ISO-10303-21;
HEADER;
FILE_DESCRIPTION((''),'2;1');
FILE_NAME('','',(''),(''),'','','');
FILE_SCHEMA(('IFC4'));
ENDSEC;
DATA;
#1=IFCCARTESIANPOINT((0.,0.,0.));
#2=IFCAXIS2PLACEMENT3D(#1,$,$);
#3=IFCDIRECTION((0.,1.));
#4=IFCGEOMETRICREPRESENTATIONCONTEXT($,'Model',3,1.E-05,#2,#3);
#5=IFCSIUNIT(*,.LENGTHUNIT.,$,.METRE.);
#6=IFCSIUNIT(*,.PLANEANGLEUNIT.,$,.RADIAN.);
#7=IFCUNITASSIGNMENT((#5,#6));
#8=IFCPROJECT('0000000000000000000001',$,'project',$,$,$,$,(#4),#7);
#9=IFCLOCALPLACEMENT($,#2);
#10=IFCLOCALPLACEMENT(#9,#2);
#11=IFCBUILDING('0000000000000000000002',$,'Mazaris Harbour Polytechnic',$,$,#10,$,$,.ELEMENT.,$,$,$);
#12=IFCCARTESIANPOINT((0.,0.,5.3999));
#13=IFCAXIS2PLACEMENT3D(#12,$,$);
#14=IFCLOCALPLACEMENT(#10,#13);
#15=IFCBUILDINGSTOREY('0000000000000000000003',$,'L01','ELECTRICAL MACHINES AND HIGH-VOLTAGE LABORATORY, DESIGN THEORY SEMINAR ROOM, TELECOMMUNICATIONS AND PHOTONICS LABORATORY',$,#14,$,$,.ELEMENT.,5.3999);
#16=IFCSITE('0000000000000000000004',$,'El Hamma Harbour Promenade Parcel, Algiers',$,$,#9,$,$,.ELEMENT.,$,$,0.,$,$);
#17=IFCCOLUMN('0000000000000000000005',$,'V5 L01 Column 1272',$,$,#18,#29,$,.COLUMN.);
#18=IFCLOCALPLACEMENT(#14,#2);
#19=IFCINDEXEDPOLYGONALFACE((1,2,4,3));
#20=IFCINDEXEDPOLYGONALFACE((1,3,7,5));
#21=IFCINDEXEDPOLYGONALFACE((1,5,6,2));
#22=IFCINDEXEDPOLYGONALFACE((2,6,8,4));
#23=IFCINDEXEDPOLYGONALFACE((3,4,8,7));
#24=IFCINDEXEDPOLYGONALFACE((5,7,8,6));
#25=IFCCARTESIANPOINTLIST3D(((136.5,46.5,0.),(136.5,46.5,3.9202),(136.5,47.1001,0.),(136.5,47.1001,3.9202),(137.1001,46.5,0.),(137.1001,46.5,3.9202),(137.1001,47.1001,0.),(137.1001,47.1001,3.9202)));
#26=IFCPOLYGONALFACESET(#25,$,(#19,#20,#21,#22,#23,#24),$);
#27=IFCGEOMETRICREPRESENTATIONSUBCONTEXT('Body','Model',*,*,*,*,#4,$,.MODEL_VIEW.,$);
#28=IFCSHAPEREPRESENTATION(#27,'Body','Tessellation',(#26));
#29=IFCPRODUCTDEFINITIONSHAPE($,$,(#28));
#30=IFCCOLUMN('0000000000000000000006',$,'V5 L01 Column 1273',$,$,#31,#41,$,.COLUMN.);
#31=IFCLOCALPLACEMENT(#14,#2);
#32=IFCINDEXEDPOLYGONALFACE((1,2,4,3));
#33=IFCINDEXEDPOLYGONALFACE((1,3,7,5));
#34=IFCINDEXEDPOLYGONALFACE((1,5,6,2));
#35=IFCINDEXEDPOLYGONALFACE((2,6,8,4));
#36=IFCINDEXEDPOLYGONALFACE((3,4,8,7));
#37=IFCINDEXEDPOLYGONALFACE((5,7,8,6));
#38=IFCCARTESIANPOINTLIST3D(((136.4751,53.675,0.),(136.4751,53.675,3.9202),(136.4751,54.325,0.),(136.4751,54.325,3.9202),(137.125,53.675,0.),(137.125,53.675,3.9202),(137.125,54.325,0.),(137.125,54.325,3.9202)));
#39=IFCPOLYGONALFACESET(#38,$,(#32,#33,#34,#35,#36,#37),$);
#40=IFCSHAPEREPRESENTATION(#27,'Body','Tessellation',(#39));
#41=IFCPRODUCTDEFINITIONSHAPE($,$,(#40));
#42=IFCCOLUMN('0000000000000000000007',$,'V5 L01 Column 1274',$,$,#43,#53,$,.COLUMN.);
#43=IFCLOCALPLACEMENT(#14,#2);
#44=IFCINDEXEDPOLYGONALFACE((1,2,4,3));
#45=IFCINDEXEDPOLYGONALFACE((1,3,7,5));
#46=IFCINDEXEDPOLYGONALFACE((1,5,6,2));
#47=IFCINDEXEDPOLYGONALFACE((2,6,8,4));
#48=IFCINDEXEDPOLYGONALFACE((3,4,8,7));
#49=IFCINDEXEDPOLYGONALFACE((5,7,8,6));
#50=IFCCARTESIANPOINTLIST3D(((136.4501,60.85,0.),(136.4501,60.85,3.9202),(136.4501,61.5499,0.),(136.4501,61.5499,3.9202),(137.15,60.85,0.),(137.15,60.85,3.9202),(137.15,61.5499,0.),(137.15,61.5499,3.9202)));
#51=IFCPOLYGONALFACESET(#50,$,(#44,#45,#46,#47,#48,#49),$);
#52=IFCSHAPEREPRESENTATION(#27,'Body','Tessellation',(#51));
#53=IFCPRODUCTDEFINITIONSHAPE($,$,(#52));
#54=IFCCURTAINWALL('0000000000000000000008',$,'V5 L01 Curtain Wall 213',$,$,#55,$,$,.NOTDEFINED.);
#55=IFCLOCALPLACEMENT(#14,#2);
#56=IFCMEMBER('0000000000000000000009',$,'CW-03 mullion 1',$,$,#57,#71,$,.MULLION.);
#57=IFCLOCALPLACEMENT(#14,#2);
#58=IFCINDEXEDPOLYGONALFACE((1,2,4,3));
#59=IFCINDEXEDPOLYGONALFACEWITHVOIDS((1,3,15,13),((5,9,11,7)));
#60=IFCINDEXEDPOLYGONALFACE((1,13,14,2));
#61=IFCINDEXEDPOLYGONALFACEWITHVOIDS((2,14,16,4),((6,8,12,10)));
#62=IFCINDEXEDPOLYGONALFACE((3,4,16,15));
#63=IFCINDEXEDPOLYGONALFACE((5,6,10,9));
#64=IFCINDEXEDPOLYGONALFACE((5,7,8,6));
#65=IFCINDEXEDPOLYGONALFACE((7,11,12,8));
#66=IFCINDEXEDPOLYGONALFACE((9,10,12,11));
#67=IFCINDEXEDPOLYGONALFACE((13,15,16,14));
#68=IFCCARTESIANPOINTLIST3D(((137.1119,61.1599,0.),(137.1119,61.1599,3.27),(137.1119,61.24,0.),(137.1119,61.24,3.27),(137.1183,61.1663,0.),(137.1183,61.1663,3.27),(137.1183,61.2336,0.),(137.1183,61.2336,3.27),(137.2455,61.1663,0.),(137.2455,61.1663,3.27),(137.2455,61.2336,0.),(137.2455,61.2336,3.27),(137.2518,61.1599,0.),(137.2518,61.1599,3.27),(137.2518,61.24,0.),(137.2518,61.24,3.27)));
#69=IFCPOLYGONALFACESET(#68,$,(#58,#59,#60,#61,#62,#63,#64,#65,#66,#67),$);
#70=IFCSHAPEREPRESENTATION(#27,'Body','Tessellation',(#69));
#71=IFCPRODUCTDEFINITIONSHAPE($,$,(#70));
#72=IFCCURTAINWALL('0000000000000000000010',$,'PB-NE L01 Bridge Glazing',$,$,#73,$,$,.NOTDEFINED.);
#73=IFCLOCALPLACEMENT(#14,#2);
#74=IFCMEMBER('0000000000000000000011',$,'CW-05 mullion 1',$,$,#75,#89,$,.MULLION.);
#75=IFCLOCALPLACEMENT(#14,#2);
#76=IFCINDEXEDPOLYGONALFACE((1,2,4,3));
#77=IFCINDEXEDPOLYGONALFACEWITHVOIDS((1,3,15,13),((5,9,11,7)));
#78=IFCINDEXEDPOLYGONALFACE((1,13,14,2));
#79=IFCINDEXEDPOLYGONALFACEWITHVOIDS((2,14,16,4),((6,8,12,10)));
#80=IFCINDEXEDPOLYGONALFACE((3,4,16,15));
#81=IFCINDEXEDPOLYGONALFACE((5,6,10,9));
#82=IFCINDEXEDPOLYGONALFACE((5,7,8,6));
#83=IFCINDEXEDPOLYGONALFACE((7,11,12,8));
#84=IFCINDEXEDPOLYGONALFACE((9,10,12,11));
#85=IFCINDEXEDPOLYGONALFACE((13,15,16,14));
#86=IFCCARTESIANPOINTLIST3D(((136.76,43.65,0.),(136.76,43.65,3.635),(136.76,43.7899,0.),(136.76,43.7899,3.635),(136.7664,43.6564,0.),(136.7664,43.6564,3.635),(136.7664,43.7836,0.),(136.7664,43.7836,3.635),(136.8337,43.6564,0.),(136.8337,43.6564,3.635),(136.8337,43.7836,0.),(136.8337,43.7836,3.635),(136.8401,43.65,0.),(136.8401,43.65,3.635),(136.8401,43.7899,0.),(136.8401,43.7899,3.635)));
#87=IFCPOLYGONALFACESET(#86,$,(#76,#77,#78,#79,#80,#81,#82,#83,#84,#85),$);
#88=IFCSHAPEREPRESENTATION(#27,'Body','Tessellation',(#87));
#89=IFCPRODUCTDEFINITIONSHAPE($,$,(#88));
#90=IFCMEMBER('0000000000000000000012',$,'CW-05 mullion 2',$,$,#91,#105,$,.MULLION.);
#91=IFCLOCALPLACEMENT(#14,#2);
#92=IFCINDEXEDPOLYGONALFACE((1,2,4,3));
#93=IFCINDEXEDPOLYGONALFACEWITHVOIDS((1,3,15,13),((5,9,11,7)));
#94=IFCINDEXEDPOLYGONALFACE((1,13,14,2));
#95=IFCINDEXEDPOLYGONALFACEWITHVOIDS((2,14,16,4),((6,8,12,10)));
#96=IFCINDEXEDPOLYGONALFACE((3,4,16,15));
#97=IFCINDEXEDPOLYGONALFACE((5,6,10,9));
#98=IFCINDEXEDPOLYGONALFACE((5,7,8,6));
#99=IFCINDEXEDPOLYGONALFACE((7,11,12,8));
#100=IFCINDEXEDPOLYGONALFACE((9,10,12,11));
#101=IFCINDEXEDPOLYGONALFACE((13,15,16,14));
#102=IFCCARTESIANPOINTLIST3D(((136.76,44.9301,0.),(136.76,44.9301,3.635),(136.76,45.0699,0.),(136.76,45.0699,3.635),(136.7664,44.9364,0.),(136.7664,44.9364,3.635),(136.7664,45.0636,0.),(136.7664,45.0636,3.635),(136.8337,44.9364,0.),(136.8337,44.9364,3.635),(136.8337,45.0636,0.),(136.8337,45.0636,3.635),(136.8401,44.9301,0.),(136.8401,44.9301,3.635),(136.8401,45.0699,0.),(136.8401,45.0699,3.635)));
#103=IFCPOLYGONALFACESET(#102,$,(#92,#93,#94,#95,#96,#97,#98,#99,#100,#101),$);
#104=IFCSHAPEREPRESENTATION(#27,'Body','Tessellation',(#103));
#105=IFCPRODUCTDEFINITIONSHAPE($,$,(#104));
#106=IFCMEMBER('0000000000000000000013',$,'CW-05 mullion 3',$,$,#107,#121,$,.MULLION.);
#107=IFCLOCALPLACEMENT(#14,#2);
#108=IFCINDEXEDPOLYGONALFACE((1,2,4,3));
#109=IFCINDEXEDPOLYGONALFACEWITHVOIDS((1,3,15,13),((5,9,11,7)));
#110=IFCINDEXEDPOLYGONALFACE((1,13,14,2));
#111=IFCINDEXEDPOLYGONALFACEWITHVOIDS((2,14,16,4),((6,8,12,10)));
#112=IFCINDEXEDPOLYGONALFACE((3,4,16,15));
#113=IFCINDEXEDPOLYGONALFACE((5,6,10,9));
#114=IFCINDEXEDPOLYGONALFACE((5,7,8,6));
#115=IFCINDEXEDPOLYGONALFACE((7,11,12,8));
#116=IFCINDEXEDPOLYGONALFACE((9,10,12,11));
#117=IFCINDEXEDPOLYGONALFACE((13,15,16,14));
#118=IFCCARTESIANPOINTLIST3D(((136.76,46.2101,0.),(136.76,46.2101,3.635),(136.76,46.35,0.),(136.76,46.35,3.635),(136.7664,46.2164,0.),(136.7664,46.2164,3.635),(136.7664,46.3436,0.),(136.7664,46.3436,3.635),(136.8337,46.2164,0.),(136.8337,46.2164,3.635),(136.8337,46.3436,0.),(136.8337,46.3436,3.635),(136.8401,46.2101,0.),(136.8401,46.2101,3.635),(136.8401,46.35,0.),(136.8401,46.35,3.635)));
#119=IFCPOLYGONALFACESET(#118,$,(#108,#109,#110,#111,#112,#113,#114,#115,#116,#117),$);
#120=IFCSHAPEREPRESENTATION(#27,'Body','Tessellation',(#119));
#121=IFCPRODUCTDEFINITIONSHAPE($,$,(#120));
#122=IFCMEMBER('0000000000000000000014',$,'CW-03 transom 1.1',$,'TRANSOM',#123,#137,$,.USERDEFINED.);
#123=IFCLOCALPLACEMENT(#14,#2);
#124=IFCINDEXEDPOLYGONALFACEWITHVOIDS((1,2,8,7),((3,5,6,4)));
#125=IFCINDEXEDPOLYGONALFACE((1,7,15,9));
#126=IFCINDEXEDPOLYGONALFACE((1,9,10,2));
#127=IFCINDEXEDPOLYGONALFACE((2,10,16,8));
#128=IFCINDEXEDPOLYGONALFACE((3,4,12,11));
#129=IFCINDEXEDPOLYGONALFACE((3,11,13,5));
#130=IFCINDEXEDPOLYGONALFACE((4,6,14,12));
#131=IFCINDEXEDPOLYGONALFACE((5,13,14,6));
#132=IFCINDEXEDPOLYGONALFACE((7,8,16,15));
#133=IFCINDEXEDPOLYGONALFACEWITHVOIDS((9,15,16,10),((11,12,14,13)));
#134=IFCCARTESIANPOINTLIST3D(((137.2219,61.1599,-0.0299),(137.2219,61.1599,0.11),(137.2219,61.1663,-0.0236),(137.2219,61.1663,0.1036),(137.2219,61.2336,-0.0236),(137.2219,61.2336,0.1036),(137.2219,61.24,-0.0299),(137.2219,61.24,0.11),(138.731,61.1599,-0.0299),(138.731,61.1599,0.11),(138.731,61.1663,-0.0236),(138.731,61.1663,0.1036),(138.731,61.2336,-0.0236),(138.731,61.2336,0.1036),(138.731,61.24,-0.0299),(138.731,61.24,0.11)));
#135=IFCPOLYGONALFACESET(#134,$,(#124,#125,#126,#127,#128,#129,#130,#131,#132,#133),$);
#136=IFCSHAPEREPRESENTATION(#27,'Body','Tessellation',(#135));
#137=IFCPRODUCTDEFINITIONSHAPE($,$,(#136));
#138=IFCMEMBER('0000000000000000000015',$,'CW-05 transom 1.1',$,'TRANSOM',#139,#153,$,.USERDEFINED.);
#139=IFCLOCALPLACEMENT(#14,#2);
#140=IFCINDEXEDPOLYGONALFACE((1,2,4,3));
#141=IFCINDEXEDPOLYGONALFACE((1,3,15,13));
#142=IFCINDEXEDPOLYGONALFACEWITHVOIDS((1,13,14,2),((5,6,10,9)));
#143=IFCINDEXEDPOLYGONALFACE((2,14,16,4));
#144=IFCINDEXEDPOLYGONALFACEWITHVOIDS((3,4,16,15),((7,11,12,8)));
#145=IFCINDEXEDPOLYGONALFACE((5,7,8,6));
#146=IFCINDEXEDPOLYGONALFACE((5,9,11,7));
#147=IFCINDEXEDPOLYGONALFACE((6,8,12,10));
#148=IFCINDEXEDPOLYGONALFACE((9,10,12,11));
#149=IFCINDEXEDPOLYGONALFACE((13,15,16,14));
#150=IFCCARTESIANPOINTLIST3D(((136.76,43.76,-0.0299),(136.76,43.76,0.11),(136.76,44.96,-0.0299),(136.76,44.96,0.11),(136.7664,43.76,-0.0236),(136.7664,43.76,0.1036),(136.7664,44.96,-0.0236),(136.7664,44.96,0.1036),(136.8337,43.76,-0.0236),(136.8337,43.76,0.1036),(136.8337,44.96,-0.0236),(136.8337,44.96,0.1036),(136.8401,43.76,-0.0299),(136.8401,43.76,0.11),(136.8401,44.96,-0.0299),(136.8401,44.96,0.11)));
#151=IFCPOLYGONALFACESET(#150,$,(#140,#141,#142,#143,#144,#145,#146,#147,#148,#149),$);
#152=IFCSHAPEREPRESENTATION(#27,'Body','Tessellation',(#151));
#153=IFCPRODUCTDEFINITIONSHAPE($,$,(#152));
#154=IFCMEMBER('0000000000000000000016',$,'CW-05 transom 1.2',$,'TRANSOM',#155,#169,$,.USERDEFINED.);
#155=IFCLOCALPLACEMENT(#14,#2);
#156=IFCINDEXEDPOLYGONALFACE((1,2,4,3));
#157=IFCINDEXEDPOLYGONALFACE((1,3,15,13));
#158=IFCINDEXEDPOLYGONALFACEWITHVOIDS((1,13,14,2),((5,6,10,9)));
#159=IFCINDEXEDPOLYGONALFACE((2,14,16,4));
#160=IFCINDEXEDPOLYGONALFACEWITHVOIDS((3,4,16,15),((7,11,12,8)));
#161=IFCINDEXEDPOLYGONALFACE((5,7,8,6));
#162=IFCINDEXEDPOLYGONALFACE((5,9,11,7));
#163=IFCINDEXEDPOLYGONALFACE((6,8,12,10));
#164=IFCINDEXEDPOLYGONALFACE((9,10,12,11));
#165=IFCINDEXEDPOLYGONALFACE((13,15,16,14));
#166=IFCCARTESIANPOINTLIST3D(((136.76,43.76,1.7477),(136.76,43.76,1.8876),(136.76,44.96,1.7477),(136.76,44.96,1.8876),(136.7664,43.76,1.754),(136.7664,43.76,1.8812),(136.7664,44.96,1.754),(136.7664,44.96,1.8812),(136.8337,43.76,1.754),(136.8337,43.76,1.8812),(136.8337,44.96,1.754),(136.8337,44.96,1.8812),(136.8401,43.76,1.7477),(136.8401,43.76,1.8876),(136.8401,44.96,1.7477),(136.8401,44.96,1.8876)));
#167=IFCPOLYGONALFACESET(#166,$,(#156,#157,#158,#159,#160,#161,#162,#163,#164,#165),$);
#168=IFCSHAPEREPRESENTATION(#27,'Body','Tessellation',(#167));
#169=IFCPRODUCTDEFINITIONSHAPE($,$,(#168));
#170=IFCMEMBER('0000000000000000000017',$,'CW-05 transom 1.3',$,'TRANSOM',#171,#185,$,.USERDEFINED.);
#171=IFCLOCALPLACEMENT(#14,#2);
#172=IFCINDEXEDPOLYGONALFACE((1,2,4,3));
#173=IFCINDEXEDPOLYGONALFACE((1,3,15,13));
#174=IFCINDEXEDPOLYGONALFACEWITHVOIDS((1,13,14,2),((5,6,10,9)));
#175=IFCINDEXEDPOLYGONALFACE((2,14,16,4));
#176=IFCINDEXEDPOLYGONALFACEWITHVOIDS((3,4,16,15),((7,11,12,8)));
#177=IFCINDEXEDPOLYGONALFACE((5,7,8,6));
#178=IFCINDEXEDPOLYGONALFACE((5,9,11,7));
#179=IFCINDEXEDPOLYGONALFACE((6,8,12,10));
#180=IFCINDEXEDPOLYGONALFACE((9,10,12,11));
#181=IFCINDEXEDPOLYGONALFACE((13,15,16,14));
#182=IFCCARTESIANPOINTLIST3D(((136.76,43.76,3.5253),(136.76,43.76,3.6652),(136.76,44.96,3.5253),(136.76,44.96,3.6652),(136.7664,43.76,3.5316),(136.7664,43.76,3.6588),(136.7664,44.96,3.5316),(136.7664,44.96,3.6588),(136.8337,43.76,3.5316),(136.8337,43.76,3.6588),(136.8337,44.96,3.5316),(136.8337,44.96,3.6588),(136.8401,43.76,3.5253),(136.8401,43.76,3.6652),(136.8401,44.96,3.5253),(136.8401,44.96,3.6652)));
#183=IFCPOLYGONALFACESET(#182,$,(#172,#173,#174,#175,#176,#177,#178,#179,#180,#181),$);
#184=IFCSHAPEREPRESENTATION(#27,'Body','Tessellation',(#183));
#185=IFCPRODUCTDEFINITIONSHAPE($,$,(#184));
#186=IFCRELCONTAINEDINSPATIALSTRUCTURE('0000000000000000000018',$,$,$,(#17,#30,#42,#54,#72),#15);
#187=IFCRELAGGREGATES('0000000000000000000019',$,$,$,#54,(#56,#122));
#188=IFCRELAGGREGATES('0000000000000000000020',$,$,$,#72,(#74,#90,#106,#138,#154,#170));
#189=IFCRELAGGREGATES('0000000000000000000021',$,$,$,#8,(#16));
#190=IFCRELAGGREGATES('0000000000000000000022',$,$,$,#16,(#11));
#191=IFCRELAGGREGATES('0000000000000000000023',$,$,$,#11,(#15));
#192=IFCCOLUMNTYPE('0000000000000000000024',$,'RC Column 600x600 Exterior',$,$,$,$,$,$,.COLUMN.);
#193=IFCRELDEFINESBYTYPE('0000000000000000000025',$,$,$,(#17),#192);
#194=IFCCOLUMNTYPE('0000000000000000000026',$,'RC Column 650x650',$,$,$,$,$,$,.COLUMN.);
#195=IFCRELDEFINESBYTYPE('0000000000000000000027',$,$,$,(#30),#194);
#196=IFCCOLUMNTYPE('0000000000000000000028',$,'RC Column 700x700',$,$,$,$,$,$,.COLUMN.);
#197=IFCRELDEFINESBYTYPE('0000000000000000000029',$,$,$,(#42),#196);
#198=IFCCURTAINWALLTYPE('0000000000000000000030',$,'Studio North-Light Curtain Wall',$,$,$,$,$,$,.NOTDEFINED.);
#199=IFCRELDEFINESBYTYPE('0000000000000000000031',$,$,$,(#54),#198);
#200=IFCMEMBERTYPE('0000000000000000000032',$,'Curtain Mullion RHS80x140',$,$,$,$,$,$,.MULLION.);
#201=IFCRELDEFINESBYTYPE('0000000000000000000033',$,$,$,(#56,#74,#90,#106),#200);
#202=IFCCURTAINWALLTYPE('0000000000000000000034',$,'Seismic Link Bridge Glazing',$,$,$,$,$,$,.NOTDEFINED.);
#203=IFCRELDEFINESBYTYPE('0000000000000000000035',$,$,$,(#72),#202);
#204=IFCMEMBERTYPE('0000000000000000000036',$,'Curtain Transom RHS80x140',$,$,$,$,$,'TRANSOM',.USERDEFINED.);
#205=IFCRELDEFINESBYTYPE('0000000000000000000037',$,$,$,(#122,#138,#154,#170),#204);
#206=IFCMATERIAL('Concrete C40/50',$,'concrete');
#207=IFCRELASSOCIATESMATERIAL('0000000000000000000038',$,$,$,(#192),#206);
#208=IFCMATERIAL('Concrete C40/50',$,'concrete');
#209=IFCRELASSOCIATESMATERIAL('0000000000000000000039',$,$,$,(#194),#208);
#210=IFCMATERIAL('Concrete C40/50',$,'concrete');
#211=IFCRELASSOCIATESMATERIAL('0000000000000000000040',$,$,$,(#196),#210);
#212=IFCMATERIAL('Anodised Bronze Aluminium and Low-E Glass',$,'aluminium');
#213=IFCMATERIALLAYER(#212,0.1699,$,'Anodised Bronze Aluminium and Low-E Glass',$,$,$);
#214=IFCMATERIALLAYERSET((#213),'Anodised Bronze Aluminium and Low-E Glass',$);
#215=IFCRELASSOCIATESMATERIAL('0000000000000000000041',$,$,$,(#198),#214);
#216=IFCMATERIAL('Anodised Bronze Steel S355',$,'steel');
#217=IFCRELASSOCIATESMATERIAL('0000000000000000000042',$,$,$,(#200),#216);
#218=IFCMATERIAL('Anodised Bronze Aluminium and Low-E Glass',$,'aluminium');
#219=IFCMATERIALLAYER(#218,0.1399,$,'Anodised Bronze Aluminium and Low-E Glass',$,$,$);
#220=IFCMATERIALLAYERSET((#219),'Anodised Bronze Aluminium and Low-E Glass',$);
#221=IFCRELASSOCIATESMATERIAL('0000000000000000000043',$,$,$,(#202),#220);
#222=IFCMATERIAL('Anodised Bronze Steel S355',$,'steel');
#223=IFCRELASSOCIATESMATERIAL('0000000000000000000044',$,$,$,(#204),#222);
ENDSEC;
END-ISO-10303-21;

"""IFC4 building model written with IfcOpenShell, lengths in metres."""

from ifc_helpers import new_model, si_unit, direction, frame, origin, origin_2d, place, context, subcontext, project, spatial, rectangle, hollow_rectangle, extrude, material, layer, layer_set, material_profile, profile_set, type_object, element, aggregate, save


model = new_model("IFC4")

# Units and contexts
model_context = context("Model", 3, precision=1e-05, world=origin(), true_north=direction((0.0, 1.0)))
body_context = subcontext(model_context, "Body", "Model", "MODEL_VIEW")
ifc_project = project(units=[si_unit("LENGTHUNIT", "METRE"), si_unit("PLANEANGLEUNIT", "RADIAN")], contexts=[model_context])

# Site, building, storey
site_placement = place(None, origin())
site = spatial("IfcSite", under=ifc_project, at=site_placement, Name="El Hamma Harbour Promenade Parcel, Algiers", CompositionType="ELEMENT", RefElevation=0.0)
building_placement = place(site_placement, origin())
building = spatial("IfcBuilding", under=site, at=building_placement, Name="Mazaris Harbour Polytechnic", CompositionType="ELEMENT")
storey_placement = place(building_placement, frame((0.0, 0.0, 5.3999)))
storey = spatial("IfcBuildingStorey", under=building, at=storey_placement, Name="L01", Description="ELECTRICAL MACHINES AND HIGH-VOLTAGE LABORATORY, DESIGN THEORY SEMINAR ROOM, TELECOMMUNICATIONS AND PHOTONICS LABORATORY", CompositionType="ELEMENT", Elevation=5.3999)

# Columns
ifc_material_1 = material(Name="Concrete C40/50", Category="concrete")
ifc_material_profile_1 = material_profile(ifc_material_1, rectangle(XDim=0.6001, YDim=0.6001, at=origin_2d()), Name="RECT600x600")
ifc_profile_set_1 = profile_set([ifc_material_profile_1], Name="Concrete C40/50")
column_type_1 = type_object("IfcColumnType", Name="RC Column 600x600 Exterior", PredefinedType="COLUMN", material=ifc_profile_set_1)
column_1_placement = place(storey_placement, frame((136.8, 46.8, 0.0), z_axis=(0.0, 0.0, 1.0), x_axis=(1.0, 0.0, 0.0)))
element("IfcColumn", 1, at=column_1_placement, inside=storey, type_object=column_type_1, Name="V5 L01 Column 1272", PredefinedType="COLUMN", context=body_context, shape_type="SweptSolid", body=[
    extrude(rectangle(XDim=0.6001, YDim=0.6001, at=origin_2d()), origin(), (0.0, 0.0, 1.0), 3.9202),
])
ifc_material_2 = material(Name="Concrete C40/50", Category="concrete")
ifc_material_profile_2 = material_profile(ifc_material_2, rectangle(XDim=0.6499, YDim=0.6499, at=origin_2d()), Name="RECT650x650")
ifc_profile_set_2 = profile_set([ifc_material_profile_2], Name="Concrete C40/50")
column_type_2 = type_object("IfcColumnType", Name="RC Column 650x650", PredefinedType="COLUMN", material=ifc_profile_set_2)
column_2_placement = place(storey_placement, frame((136.8, 54.0, 0.0), z_axis=(0.0, 0.0, 1.0), x_axis=(1.0, 0.0, 0.0)))
element("IfcColumn", 2, at=column_2_placement, inside=storey, type_object=column_type_2, Name="V5 L01 Column 1273", PredefinedType="COLUMN", context=body_context, shape_type="SweptSolid", body=[
    extrude(rectangle(XDim=0.6499, YDim=0.6499, at=origin_2d()), origin(), (0.0, 0.0, 1.0), 3.9202),
])
ifc_material_3 = material(Name="Concrete C40/50", Category="concrete")
ifc_material_profile_3 = material_profile(ifc_material_3, rectangle(XDim=0.7, YDim=0.7, at=origin_2d()), Name="RECT700x700")
ifc_profile_set_3 = profile_set([ifc_material_profile_3], Name="Concrete C40/50")
column_type_3 = type_object("IfcColumnType", Name="RC Column 700x700", PredefinedType="COLUMN", material=ifc_profile_set_3)
column_3_placement = place(storey_placement, frame((136.8, 61.2, 0.0), z_axis=(0.0, 0.0, 1.0), x_axis=(1.0, 0.0, 0.0)))
element("IfcColumn", 3, at=column_3_placement, inside=storey, type_object=column_type_3, Name="V5 L01 Column 1274", PredefinedType="COLUMN", context=body_context, shape_type="SweptSolid", body=[
    extrude(rectangle(XDim=0.7, YDim=0.7, at=origin_2d()), origin(), (0.0, 0.0, 1.0), 3.9202),
])

# Curtain wall, member
ifc_material_4 = material(Name="Anodised Bronze Aluminium and Low-E Glass", Category="aluminium")
ifc_layer_1 = layer(ifc_material_4, 0.1699, Name="Anodised Bronze Aluminium and Low-E Glass")
ifc_layer_set_1 = layer_set([ifc_layer_1], Name="Anodised Bronze Aluminium and Low-E Glass")
curtain_wall_type_1 = type_object("IfcCurtainWallType", Name="Studio North-Light Curtain Wall", PredefinedType="NOTDEFINED", material=ifc_layer_set_1)
curtain_wall_1_placement = place(storey_placement, origin())
curtain_wall_1 = element("IfcCurtainWall", 4, at=curtain_wall_1_placement, inside=storey, type_object=curtain_wall_type_1, Name="V5 L01 Curtain Wall 213", PredefinedType="NOTDEFINED")
ifc_material_5 = material(Name="Anodised Bronze Steel S355", Category="steel")
ifc_material_profile_4 = material_profile(ifc_material_5, hollow_rectangle(XDim=0.0801, YDim=0.1399, WallThickness=0.0063, at=origin_2d()), Name="RHS 80x140x6.3")
ifc_profile_set_4 = profile_set([ifc_material_profile_4], Name="Anodised Bronze Steel S355")
member_type_1 = type_object("IfcMemberType", Name="Curtain Mullion RHS80x140", PredefinedType="MULLION", material=ifc_profile_set_4)
member_1_placement = place(storey_placement, frame((137.1819, 61.2, 0.0), z_axis=(0.0, 0.0, 1.0), x_axis=(0.0, 1.0, 0.0)))
member_1 = element("IfcMember", 5, at=member_1_placement, type_object=member_type_1, Name="CW-03 mullion 1", PredefinedType="MULLION", context=body_context, shape_type="SweptSolid", body=[
    extrude(hollow_rectangle(XDim=0.0801, YDim=0.1399, WallThickness=0.0063, at=origin_2d()), origin(), (0.0, 0.0, 1.0), 3.27),
])

# Curtain wall, members
ifc_material_6 = material(Name="Anodised Bronze Aluminium and Low-E Glass", Category="aluminium")
ifc_layer_2 = layer(ifc_material_6, 0.1399, Name="Anodised Bronze Aluminium and Low-E Glass")
ifc_layer_set_2 = layer_set([ifc_layer_2], Name="Anodised Bronze Aluminium and Low-E Glass")
curtain_wall_type_2 = type_object("IfcCurtainWallType", Name="Seismic Link Bridge Glazing", PredefinedType="NOTDEFINED", material=ifc_layer_set_2)
curtain_wall_2_placement = place(storey_placement, origin())
curtain_wall_2 = element("IfcCurtainWall", 6, at=curtain_wall_2_placement, inside=storey, type_object=curtain_wall_type_2, Name="PB-NE L01 Bridge Glazing", PredefinedType="NOTDEFINED")
member_2_placement = place(storey_placement, frame((136.8, 43.72, 0.0), z_axis=(0.0, 0.0, 1.0), x_axis=(-1.0, 0.0, 0.0)))
member_2 = element("IfcMember", 7, at=member_2_placement, type_object=member_type_1, Name="CW-05 mullion 1", PredefinedType="MULLION", context=body_context, shape_type="SweptSolid", body=[
    extrude(hollow_rectangle(XDim=0.0801, YDim=0.1399, WallThickness=0.0063, at=origin_2d()), origin(), (0.0, 0.0, 1.0), 3.635),
])
member_3_placement = place(storey_placement, frame((136.8, 45.0, 0.0), z_axis=(0.0, 0.0, 1.0), x_axis=(-1.0, 0.0, 0.0)))
member_3 = element("IfcMember", 8, at=member_3_placement, type_object=member_type_1, Name="CW-05 mullion 2", PredefinedType="MULLION", context=body_context, shape_type="SweptSolid", body=[
    extrude(hollow_rectangle(XDim=0.0801, YDim=0.1399, WallThickness=0.0063, at=origin_2d()), origin(), (0.0, 0.0, 1.0), 3.635),
])
member_4_placement = place(storey_placement, frame((136.8, 46.28, 0.0), z_axis=(0.0, 0.0, 1.0), x_axis=(-1.0, 0.0, 0.0)))
member_4 = element("IfcMember", 9, at=member_4_placement, type_object=member_type_1, Name="CW-05 mullion 3", PredefinedType="MULLION", context=body_context, shape_type="SweptSolid", body=[
    extrude(hollow_rectangle(XDim=0.0801, YDim=0.1399, WallThickness=0.0063, at=origin_2d()), origin(), (0.0, 0.0, 1.0), 3.635),
])

# Members
ifc_material_7 = material(Name="Anodised Bronze Steel S355", Category="steel")
ifc_material_profile_5 = material_profile(ifc_material_7, hollow_rectangle(XDim=0.0801, YDim=0.1399, WallThickness=0.0063, at=origin_2d()), Name="RHS 80x140x6.3")
ifc_profile_set_5 = profile_set([ifc_material_profile_5], Name="Anodised Bronze Steel S355")
member_type_2 = type_object("IfcMemberType", Name="Curtain Transom RHS80x140", ElementType="TRANSOM", PredefinedType="USERDEFINED", material=ifc_profile_set_5)
member_5_placement = place(storey_placement, frame((137.2219, 61.2, 0.04), z_axis=(1.0, 0.0, 0.0), x_axis=(0.0, 1.0, 0.0)))
member_5 = element("IfcMember", 10, at=member_5_placement, type_object=member_type_2, Name="CW-03 transom 1.1", ObjectType="TRANSOM", PredefinedType="USERDEFINED", context=body_context, shape_type="SweptSolid", body=[
    extrude(hollow_rectangle(XDim=0.0801, YDim=0.1399, WallThickness=0.0063, at=origin_2d()), origin(), (0.0, 0.0, 1.0), 1.509),
])
aggregate(curtain_wall_1, [member_1, member_5])
member_6_placement = place(storey_placement, frame((136.8, 43.76, 0.04), z_axis=(0.0, 1.0, 0.0), x_axis=(-1.0, 0.0, 0.0)))
member_6 = element("IfcMember", 11, at=member_6_placement, type_object=member_type_2, Name="CW-05 transom 1.1", ObjectType="TRANSOM", PredefinedType="USERDEFINED", context=body_context, shape_type="SweptSolid", body=[
    extrude(hollow_rectangle(XDim=0.0801, YDim=0.1399, WallThickness=0.0063, at=origin_2d()), origin(), (0.0, 0.0, 1.0), 1.2),
])
member_7_placement = place(storey_placement, frame((136.8, 43.76, 1.8176), z_axis=(0.0, 1.0, 0.0), x_axis=(-1.0, 0.0, 0.0)))
member_7 = element("IfcMember", 12, at=member_7_placement, type_object=member_type_2, Name="CW-05 transom 1.2", ObjectType="TRANSOM", PredefinedType="USERDEFINED", context=body_context, shape_type="SweptSolid", body=[
    extrude(hollow_rectangle(XDim=0.0801, YDim=0.1399, WallThickness=0.0063, at=origin_2d()), origin(), (0.0, 0.0, 1.0), 1.2),
])
member_8_placement = place(storey_placement, frame((136.8, 43.76, 3.5952), z_axis=(0.0, 1.0, 0.0), x_axis=(-1.0, 0.0, 0.0)))
member_8 = element("IfcMember", 13, at=member_8_placement, type_object=member_type_2, Name="CW-05 transom 1.3", ObjectType="TRANSOM", PredefinedType="USERDEFINED", context=body_context, shape_type="SweptSolid", body=[
    extrude(hollow_rectangle(XDim=0.0801, YDim=0.1399, WallThickness=0.0063, at=origin_2d()), origin(), (0.0, 0.0, 1.0), 1.2),
])

aggregate(curtain_wall_2, [member_2, member_3, member_4, member_6, member_7, member_8])

save(model, "model.ifc")
